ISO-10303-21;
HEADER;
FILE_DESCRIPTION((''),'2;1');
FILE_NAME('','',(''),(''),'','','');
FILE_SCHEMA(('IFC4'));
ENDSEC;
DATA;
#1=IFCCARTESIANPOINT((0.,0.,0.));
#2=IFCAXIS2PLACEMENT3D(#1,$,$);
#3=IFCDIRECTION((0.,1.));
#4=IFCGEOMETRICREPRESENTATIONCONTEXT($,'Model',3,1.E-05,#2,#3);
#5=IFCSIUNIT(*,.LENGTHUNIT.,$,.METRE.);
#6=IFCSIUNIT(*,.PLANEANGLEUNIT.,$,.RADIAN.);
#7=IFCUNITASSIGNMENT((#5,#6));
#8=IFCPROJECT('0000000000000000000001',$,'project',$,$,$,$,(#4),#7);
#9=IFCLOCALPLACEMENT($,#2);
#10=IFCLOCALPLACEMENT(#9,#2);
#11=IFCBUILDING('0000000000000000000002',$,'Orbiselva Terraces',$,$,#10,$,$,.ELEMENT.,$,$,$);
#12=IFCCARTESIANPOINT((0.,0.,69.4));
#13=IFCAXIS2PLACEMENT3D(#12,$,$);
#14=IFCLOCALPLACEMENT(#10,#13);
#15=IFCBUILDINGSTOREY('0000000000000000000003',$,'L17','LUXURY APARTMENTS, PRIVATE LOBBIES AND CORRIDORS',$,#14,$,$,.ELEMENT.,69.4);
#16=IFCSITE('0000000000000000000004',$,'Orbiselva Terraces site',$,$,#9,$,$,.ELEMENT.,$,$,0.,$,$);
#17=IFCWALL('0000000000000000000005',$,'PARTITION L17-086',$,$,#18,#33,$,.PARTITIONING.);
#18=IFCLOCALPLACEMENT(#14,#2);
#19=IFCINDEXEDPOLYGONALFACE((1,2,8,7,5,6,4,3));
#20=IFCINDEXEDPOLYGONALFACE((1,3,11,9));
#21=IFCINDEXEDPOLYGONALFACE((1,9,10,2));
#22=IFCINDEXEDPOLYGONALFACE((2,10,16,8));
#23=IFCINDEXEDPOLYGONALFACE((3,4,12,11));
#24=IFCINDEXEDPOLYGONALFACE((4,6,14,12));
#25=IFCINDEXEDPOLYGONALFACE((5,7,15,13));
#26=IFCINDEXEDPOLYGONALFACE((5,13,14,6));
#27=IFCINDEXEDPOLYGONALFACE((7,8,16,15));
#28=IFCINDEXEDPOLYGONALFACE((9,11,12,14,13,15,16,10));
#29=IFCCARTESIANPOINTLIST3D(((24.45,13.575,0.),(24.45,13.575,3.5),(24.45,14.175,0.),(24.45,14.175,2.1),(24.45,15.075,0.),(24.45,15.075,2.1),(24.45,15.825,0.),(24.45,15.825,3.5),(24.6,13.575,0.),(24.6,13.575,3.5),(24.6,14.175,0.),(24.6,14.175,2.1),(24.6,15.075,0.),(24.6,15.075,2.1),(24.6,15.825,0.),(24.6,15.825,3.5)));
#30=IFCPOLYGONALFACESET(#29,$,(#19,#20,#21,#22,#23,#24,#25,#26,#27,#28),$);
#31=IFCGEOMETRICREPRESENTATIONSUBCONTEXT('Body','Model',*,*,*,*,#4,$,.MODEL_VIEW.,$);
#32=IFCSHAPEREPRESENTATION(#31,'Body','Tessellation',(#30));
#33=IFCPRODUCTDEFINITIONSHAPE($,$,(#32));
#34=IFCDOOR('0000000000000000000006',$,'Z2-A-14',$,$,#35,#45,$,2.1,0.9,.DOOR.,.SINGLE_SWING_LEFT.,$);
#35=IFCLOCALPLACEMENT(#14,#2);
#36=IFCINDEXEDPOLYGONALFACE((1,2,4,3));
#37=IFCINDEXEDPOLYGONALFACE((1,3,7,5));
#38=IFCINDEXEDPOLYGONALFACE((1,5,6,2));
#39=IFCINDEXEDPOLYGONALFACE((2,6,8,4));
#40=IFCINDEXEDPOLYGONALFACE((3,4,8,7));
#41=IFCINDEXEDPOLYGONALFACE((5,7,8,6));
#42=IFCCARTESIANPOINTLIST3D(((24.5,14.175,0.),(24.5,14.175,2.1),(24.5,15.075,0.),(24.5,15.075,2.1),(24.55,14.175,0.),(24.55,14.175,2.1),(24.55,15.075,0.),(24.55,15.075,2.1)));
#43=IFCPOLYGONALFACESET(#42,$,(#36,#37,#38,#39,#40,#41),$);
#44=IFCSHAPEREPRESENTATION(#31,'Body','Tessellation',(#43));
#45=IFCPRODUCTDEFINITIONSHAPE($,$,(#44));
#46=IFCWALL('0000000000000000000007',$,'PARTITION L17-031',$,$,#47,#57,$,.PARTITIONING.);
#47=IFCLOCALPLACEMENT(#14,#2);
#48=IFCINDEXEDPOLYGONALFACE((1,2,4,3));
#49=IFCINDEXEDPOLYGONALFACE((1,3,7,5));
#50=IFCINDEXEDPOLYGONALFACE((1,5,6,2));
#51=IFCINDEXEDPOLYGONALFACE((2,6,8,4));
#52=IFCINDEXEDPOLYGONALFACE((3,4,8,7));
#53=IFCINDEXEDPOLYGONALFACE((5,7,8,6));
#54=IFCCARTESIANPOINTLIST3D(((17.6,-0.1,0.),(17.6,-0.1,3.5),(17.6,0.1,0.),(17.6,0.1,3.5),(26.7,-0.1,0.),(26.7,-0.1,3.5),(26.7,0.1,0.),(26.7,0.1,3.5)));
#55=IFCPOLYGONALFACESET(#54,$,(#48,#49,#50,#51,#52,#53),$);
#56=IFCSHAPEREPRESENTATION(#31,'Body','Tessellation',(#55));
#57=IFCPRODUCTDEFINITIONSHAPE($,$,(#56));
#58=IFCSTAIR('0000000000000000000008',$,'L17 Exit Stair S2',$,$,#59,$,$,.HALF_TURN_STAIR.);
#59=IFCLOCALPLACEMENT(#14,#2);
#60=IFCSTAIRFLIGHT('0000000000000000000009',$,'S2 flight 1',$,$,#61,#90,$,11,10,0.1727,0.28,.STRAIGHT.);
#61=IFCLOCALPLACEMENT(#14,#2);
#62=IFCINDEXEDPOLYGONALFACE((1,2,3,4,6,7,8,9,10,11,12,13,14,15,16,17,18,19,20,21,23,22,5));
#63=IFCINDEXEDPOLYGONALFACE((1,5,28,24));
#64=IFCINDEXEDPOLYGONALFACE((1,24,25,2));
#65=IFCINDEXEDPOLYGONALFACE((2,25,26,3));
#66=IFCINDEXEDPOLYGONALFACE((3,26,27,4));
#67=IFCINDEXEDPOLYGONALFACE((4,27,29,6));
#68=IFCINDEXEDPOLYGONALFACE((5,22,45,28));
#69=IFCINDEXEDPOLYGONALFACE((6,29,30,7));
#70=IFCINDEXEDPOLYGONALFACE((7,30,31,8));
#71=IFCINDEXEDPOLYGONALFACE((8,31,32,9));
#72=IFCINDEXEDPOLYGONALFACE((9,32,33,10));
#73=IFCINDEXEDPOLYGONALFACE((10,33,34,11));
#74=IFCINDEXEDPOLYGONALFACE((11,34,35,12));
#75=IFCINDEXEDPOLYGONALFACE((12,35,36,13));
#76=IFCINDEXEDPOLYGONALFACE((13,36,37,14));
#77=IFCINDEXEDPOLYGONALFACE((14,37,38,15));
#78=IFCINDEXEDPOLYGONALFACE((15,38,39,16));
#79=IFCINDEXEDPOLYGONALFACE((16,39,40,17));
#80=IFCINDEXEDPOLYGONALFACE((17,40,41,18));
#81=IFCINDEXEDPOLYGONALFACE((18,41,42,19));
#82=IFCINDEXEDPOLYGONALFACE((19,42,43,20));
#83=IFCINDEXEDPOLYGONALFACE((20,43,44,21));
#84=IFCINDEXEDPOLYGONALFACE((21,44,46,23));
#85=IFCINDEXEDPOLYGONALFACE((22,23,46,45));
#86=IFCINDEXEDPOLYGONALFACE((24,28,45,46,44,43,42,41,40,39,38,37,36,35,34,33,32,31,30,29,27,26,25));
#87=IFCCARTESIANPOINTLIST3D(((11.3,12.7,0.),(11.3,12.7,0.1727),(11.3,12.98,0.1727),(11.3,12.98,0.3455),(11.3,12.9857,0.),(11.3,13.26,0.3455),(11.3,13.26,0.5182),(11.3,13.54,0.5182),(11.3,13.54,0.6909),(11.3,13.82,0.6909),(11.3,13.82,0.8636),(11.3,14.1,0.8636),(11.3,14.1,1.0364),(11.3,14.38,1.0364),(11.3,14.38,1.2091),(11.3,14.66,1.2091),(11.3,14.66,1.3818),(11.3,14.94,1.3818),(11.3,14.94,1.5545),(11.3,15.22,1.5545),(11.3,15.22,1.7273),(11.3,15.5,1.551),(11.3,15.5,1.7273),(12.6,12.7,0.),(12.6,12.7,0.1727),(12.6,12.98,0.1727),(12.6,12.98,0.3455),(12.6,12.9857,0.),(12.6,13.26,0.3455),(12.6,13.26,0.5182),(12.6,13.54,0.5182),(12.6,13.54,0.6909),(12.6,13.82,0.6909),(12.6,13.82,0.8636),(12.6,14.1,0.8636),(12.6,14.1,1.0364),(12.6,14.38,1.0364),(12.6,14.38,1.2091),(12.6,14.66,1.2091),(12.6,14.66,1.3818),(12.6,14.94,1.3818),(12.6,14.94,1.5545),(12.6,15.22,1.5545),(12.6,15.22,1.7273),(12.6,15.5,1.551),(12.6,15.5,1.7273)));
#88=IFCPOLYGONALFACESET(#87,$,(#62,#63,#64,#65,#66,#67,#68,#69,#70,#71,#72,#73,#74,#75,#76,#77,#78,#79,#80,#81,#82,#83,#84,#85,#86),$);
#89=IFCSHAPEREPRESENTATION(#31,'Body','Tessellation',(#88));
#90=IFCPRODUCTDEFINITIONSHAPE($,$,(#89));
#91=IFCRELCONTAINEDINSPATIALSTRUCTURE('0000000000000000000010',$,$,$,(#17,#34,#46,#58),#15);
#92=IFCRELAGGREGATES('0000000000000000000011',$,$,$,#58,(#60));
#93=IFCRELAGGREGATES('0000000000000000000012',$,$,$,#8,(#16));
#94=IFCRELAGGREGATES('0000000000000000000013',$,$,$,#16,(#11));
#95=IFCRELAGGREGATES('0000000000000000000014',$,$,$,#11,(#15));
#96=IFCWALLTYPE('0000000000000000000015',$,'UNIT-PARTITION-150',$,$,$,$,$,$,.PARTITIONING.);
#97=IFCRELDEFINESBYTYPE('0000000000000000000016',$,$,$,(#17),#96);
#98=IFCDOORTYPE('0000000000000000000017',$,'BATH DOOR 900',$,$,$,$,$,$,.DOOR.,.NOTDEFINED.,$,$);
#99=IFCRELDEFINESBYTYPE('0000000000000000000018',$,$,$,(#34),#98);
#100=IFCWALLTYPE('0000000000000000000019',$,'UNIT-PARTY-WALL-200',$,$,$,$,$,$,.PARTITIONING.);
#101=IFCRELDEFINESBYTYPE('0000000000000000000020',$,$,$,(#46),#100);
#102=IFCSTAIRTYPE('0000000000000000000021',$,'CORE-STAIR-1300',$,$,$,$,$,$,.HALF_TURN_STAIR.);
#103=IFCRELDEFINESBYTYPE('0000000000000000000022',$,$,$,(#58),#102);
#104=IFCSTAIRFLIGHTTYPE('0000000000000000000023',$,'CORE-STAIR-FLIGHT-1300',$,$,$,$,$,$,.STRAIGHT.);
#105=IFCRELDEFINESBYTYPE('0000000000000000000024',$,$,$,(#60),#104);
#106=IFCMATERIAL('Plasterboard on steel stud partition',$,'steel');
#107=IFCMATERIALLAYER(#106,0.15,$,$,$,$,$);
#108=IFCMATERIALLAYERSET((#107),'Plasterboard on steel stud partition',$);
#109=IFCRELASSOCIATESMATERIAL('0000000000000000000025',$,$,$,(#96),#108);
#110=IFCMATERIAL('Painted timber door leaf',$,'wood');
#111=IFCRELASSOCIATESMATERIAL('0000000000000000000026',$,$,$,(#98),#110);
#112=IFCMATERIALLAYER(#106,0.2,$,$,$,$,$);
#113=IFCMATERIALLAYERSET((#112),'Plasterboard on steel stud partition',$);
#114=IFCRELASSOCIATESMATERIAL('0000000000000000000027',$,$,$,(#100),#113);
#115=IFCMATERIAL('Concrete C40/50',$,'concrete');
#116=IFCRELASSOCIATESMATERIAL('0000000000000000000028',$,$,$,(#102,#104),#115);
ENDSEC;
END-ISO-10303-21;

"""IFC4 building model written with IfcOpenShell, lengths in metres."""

from ifc_helpers import new_model, si_unit, direction, frame, frame_2d, origin, place, context, subcontext, project, spatial, polyline, rectangle, outline, extrude, material, layer, layer_set, type_object, element, fill, aggregate, save


model = new_model("IFC4")

# Units and contexts
model_context = context("Model", 3, precision=1e-05, world=origin(), true_north=direction((0.0, 1.0)))
body_context = subcontext(model_context, "Body", "Model", "MODEL_VIEW")
ifc_project = project(units=[si_unit("LENGTHUNIT", "METRE"), si_unit("PLANEANGLEUNIT", "RADIAN")], contexts=[model_context])

# Site, building, storey
site_placement = place(None, origin())
site = spatial("IfcSite", under=ifc_project, at=site_placement, Name="Orbiselva Terraces site", CompositionType="ELEMENT", RefElevation=0.0)
building_placement = place(site_placement, origin())
building = spatial("IfcBuilding", under=site, at=building_placement, Name="Orbiselva Terraces", CompositionType="ELEMENT")
storey_placement = place(building_placement, frame((0.0, 0.0, 69.4)))
storey = spatial("IfcBuildingStorey", under=building, at=storey_placement, Name="L17", Description="LUXURY APARTMENTS, PRIVATE LOBBIES AND CORRIDORS", CompositionType="ELEMENT", Elevation=69.4)

# Shared definitions
ifc_material_1 = material(Name="Plasterboard on steel stud partition", Category="steel")
ifc_material_2 = material(Name="Painted timber door leaf", Category="wood")

# Shared definitions
ifc_layer_1 = layer(ifc_material_1, 0.15)
ifc_layer_set_1 = layer_set([ifc_layer_1], Name="Plasterboard on steel stud partition")
wall_type_1 = type_object("IfcWallType", Name="UNIT-PARTITION-150", PredefinedType="PARTITIONING", material=ifc_layer_set_1)

# Wall, opening, door
door_type_1 = type_object("IfcDoorType", Name="BATH DOOR 900", OperationType="NOTDEFINED", PredefinedType="DOOR", material=ifc_material_2)
wall_1_placement = place(storey_placement, frame((24.525, 13.575, 0.0), z_axis=(0.0, 0.0, 1.0), x_axis=(0.0, 1.0, 0.0)))
wall_1 = element("IfcWall", 1, at=wall_1_placement, inside=storey, type_object=wall_type_1, Name="PARTITION L17-086", PredefinedType="PARTITIONING", context=body_context, shape_type="SweptSolid", body=[
    extrude(rectangle(XDim=2.25, YDim=0.15, at=frame_2d((1.125, 0.0))), origin(), (0.0, 0.0, 1.0), 3.5),
])
opening_1_placement = place(wall_1_placement, frame((0.6, 0.0, 0.0)))
opening_1 = element("IfcOpeningElement", 2, at=opening_1_placement, cuts=wall_1, PredefinedType="OPENING", context=body_context, shape_type="SweptSolid", body=[
    extrude(rectangle(XDim=0.9, YDim=2.1, at=frame_2d((0.45, 1.05))), frame((0.0, 0.085, 0.0), z_axis=(0.0, -1.0, 0.0), x_axis=(1.0, 0.0, 0.0)), (0.0, 0.0, 1.0), 0.17),
])
door_1_placement = place(opening_1_placement, origin())
door_1 = element("IfcDoor", 3, at=door_1_placement, inside=storey, type_object=door_type_1, Name="Z2-A-14", OperationType="SINGLE_SWING_LEFT", OverallHeight=2.1, OverallWidth=0.9, PredefinedType="DOOR", context=body_context, shape_type="SweptSolid", body=[
    extrude(rectangle(XDim=0.9, YDim=2.1, at=frame_2d((0.45, 1.05))), frame((0.0, 0.025, 0.0), z_axis=(0.0, -1.0, 0.0), x_axis=(1.0, 0.0, 0.0)), (0.0, 0.0, 1.0), 0.05),
])
fill(opening_1, door_1)

# Wall
ifc_layer_2 = layer(ifc_material_1, 0.2)
ifc_layer_set_2 = layer_set([ifc_layer_2], Name="Plasterboard on steel stud partition")
wall_type_2 = type_object("IfcWallType", Name="UNIT-PARTY-WALL-200", PredefinedType="PARTITIONING", material=ifc_layer_set_2)
wall_2_placement = place(storey_placement, frame((17.6, 0.0, 0.0), z_axis=(0.0, 0.0, 1.0), x_axis=(1.0, 0.0, 0.0)))
element("IfcWall", 4, at=wall_2_placement, inside=storey, type_object=wall_type_2, Name="PARTITION L17-031", PredefinedType="PARTITIONING", context=body_context, shape_type="SweptSolid", body=[
    extrude(rectangle(XDim=9.1, YDim=0.2, at=frame_2d((4.55, 0.0))), origin(), (0.0, 0.0, 1.0), 3.5),
])

# Stair, stair flight
ifc_material_3 = material(Name="Concrete C40/50", Category="concrete")
stair_type = type_object("IfcStairType", Name="CORE-STAIR-1300", PredefinedType="HALF_TURN_STAIR", material=ifc_material_3)
stair_placement = place(storey_placement, origin())
stair = element("IfcStair", 5, at=stair_placement, inside=storey, type_object=stair_type, Name="L17 Exit Stair S2", PredefinedType="HALF_TURN_STAIR")
stair_flight_type = type_object("IfcStairFlightType", Name="CORE-STAIR-FLIGHT-1300", PredefinedType="STRAIGHT", material=ifc_material_3)
stair_flight_placement = place(storey_placement, frame((11.95, 12.7, 0.0), z_axis=(0.0, 0.0, 1.0), x_axis=(0.0, 1.0, 0.0)))
stair_flight = element("IfcStairFlight", 6, at=stair_flight_placement, type_object=stair_flight_type, Name="S2 flight 1", NumberOfRisers=11, NumberOfTreads=10, PredefinedType="STRAIGHT", RiserHeight=0.1727, TreadLength=0.28, context=body_context, shape_type="SweptSolid", body=[
    extrude(outline(polyline([(0.0, 0.0), (0.0, 0.1727), (0.28, 0.1727), (0.28, 0.3455), (0.56, 0.3455), (0.56, 0.5182), (0.84, 0.5182), (0.84, 0.6909), (1.12, 0.6909), (1.12, 0.8636), (1.4, 0.8636), (1.4, 1.0364), (1.68, 1.0364), (1.68, 1.2091), (1.96, 1.2091), (1.96, 1.3818), (2.24, 1.3818), (2.24, 1.5545), (2.52, 1.5545), (2.52, 1.7273), (2.8, 1.7273), (2.8, 1.9), (2.8, 1.551), (0.2857, 0.0), (0.0, 0.0)])), frame((0.0, 0.65, 0.0), z_axis=(0.0, -1.0, 0.0), x_axis=(1.0, 0.0, 0.0)), (0.0, 0.0, 1.0), 1.3),
])
aggregate(stair, [stair_flight])

save(model, "model.ifc")
